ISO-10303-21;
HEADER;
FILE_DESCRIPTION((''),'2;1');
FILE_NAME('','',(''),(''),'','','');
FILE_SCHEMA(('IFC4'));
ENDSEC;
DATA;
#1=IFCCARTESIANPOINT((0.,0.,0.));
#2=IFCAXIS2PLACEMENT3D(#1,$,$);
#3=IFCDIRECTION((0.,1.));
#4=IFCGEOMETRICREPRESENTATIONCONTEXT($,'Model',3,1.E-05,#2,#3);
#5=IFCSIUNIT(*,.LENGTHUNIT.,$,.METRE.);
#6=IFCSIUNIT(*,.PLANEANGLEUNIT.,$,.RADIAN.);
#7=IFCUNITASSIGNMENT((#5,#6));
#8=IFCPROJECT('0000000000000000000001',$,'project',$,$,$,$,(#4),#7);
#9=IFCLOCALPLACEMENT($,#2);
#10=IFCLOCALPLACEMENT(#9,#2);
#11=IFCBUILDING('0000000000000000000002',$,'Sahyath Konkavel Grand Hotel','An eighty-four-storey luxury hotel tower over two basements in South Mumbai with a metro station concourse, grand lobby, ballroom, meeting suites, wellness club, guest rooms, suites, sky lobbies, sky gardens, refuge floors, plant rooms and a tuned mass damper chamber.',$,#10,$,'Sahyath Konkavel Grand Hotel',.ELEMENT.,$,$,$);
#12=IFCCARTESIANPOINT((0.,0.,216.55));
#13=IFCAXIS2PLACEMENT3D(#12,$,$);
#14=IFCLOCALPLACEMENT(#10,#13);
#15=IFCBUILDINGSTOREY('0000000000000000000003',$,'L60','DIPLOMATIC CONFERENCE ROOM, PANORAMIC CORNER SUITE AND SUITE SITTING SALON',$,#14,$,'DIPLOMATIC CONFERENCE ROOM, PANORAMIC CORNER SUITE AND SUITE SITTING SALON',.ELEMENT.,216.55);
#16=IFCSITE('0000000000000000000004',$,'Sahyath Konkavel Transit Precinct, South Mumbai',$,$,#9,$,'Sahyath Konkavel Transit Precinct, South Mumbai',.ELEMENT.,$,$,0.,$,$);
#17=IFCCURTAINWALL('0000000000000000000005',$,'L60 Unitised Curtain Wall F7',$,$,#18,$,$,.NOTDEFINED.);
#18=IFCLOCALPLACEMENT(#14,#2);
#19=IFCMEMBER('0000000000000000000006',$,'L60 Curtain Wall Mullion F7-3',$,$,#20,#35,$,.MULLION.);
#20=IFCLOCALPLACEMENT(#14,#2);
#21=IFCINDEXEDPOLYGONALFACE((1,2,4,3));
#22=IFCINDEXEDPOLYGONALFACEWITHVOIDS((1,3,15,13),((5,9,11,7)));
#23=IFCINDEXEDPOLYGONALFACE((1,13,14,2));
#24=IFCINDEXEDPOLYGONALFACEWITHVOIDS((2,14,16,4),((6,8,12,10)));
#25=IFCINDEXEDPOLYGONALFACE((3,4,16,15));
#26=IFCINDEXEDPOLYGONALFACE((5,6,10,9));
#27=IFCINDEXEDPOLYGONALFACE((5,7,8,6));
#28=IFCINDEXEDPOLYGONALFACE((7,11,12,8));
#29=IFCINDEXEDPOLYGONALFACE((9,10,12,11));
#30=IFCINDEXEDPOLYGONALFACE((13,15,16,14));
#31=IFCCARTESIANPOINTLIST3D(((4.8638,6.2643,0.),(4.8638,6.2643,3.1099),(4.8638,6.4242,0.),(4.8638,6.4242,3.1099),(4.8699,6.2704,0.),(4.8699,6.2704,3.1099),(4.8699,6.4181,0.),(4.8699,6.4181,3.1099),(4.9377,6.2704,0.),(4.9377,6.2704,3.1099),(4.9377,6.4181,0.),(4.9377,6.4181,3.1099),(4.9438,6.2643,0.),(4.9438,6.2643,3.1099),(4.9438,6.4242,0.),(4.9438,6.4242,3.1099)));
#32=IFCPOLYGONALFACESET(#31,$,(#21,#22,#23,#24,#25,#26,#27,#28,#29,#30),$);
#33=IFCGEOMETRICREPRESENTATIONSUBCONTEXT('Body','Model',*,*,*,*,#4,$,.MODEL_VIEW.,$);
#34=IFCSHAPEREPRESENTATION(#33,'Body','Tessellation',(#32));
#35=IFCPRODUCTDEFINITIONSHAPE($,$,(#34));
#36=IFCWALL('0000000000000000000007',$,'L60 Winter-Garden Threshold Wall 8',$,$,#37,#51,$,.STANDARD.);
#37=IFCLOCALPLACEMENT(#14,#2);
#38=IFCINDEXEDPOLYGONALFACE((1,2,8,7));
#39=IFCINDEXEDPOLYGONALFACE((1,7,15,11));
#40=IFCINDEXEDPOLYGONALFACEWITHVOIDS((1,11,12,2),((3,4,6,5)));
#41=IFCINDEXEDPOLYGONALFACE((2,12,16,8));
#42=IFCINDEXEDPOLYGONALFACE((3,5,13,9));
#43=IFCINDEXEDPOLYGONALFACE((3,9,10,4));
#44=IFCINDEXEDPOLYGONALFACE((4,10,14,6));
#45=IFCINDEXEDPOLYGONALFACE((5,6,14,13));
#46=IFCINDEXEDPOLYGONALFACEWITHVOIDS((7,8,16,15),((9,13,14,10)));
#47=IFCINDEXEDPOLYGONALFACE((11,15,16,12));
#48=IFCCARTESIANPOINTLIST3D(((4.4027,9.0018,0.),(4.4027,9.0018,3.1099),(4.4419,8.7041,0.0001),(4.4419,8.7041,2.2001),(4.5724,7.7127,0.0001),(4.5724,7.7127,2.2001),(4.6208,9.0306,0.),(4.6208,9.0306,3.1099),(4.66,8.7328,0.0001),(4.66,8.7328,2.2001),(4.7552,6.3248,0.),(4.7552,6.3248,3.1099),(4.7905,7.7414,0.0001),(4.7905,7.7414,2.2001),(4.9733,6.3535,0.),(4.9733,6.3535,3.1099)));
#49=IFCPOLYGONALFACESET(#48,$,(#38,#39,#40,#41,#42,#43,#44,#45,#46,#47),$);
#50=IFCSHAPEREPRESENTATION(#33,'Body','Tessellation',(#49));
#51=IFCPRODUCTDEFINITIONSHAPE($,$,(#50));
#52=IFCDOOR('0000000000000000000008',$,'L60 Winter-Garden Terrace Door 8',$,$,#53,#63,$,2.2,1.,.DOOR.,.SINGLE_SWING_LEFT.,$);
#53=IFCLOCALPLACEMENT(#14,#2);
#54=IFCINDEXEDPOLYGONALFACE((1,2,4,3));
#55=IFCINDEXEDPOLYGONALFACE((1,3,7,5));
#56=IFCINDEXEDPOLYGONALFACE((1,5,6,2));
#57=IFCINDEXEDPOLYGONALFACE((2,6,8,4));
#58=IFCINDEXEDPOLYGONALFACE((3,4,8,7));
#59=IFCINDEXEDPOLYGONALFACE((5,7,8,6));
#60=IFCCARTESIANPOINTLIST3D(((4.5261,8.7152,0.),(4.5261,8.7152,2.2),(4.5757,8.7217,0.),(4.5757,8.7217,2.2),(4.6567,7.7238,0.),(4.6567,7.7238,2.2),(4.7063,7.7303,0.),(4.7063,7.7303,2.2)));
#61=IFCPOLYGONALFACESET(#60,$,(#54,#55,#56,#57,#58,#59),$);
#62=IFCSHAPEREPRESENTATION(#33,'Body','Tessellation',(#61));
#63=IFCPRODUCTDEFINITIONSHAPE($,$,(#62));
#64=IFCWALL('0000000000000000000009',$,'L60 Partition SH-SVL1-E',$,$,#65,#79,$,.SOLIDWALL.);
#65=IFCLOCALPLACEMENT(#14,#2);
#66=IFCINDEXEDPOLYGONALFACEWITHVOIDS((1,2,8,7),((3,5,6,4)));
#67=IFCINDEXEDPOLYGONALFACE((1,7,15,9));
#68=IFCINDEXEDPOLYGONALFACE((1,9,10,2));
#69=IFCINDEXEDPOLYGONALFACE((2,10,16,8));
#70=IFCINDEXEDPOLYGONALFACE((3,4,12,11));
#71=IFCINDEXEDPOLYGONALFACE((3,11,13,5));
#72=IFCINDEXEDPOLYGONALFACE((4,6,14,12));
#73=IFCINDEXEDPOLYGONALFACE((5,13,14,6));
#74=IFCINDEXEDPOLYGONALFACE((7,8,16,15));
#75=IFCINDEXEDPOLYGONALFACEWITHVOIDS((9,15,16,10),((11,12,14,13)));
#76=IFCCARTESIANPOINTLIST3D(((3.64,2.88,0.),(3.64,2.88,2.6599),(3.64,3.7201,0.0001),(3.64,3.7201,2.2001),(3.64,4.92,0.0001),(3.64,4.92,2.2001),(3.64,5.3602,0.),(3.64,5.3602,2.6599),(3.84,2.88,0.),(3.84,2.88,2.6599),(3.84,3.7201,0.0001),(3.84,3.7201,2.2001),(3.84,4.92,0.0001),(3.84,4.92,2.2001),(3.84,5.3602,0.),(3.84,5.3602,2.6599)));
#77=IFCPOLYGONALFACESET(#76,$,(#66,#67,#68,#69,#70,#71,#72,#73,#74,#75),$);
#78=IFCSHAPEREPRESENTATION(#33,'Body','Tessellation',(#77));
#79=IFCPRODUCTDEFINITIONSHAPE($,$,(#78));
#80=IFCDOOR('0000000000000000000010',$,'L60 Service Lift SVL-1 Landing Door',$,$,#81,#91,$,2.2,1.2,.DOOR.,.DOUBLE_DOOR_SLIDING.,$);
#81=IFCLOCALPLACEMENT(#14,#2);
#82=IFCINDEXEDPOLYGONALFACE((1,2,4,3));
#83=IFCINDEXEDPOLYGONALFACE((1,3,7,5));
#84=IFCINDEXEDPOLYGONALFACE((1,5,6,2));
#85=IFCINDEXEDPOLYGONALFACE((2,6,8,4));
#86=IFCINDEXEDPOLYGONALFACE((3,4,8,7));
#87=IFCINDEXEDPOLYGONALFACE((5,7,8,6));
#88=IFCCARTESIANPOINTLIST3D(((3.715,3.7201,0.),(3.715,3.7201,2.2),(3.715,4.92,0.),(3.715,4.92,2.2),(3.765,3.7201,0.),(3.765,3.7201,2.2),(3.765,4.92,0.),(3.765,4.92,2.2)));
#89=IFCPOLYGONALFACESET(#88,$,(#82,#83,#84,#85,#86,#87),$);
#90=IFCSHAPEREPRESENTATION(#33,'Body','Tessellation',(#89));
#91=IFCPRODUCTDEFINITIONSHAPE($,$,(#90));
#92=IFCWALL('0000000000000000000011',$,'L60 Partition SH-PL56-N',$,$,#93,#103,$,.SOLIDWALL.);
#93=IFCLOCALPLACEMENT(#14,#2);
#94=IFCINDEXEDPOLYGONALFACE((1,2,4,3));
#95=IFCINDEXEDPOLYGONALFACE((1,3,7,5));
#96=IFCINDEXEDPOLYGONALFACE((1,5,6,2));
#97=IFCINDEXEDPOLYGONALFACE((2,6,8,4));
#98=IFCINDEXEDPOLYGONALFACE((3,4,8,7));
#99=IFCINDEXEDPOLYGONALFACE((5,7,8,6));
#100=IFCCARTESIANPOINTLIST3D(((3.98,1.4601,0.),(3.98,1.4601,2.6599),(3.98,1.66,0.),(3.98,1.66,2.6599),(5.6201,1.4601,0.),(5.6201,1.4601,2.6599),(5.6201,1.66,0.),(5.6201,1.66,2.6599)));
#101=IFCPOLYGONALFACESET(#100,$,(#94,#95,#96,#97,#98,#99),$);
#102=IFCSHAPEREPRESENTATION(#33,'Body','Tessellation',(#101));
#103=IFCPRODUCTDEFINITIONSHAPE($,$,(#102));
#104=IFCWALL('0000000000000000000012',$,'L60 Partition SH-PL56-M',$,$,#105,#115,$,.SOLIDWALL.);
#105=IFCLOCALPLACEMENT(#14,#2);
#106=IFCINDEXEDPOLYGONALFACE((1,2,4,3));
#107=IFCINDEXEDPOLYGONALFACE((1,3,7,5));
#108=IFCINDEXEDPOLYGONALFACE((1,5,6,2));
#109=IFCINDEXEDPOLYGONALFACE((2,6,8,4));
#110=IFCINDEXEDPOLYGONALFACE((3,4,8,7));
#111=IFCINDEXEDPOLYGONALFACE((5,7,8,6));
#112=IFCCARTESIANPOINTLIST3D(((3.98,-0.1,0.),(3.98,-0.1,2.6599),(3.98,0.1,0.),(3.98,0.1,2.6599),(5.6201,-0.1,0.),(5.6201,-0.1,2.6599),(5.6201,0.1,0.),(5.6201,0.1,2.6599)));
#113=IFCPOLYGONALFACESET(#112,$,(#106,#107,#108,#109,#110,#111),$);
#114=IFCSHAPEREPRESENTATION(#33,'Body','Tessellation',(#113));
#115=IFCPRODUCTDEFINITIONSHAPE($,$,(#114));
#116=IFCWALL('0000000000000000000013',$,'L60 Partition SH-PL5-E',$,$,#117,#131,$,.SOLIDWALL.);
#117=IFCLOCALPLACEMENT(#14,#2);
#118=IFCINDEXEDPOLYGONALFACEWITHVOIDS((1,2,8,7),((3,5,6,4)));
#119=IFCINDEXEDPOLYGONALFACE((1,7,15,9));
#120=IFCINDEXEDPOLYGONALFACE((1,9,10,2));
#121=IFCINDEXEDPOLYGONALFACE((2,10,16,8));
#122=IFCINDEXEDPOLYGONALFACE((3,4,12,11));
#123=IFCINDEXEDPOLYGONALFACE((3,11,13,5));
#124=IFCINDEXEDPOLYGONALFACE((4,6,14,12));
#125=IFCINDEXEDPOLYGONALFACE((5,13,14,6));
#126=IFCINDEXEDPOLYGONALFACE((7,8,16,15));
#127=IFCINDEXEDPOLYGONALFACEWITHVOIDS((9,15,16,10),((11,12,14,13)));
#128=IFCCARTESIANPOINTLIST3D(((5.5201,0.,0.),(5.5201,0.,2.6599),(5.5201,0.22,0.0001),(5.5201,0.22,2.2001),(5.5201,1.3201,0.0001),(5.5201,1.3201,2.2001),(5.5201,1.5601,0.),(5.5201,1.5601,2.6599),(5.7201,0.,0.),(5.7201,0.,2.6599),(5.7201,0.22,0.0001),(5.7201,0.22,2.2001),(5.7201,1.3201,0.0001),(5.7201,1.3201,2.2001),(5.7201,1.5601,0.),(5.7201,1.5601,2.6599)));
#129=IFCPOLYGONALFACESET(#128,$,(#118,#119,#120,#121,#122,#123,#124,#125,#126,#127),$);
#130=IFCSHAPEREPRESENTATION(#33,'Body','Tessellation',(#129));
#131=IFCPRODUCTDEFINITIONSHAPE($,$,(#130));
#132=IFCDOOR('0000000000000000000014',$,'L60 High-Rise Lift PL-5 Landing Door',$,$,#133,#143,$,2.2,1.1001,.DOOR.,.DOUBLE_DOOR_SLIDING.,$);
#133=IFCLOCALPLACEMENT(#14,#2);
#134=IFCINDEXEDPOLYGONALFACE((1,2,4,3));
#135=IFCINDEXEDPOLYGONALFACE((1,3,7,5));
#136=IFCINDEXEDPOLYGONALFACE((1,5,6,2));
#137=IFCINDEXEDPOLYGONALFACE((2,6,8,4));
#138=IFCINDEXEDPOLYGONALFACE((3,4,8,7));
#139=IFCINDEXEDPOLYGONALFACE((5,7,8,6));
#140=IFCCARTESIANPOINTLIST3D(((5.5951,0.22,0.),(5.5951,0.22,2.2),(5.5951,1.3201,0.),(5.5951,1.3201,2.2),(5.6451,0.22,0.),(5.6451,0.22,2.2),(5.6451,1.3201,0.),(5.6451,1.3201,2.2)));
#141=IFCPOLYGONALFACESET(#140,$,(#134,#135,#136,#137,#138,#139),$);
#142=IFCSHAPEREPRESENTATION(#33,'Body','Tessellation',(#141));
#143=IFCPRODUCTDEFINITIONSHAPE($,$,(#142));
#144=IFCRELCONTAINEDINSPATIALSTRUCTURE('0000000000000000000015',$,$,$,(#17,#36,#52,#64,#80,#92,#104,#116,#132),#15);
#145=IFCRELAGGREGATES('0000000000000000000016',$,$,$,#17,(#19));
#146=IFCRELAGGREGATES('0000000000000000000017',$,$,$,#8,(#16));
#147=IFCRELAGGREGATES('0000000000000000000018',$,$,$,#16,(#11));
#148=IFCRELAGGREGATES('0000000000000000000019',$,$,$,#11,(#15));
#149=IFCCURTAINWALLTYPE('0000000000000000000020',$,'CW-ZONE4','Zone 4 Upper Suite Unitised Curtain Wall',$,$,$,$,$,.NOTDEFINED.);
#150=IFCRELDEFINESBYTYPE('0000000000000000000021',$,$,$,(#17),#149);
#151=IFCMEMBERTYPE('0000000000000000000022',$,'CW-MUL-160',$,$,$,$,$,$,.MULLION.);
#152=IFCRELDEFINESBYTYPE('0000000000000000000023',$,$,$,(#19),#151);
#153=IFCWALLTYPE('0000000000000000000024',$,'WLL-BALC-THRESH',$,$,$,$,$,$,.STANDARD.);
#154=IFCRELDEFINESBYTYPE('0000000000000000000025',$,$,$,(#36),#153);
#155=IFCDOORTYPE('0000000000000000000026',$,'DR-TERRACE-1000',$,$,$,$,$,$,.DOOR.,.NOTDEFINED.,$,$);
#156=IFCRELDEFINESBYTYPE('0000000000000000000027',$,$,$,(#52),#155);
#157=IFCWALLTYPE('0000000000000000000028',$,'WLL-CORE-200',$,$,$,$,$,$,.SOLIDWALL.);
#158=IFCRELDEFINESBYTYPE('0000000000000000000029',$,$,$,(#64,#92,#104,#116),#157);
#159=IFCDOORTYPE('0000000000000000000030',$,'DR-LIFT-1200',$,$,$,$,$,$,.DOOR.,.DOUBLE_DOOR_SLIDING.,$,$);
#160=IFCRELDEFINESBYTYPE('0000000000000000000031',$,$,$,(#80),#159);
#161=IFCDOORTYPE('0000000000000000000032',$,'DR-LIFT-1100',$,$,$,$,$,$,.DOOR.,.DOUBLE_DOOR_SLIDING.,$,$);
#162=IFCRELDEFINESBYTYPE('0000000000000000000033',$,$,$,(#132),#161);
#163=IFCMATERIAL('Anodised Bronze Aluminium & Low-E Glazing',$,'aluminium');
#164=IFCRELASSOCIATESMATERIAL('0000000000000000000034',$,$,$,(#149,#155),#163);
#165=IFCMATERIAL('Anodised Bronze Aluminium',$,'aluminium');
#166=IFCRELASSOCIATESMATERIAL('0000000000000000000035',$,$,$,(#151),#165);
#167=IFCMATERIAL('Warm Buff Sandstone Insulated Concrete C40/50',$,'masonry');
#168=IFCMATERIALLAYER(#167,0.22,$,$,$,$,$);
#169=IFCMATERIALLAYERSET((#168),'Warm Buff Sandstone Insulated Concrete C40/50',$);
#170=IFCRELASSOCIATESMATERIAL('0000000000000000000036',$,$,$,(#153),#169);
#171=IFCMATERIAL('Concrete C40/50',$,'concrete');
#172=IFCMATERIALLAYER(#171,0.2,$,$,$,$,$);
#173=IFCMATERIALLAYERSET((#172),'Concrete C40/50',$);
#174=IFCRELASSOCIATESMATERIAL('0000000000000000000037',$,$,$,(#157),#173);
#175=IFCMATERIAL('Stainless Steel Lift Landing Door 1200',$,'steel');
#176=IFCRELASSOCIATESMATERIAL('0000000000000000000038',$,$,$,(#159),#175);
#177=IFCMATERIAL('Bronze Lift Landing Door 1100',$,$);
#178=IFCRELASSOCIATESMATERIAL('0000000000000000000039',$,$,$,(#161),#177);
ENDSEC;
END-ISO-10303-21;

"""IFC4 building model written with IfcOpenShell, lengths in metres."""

from ifc_helpers import new_model, si_unit, direction, frame, frame_2d, origin, origin_2d, place, context, subcontext, project, spatial, rectangle, hollow_rectangle, extrude, source, transform, mapped, material, layer, layer_set, material_profile, profile_set, type_object, element, fill, aggregate, save


model = new_model("IFC4")

# Units and contexts
model_context = context("Model", 3, precision=1e-05, world=origin(), true_north=direction((0.0, 1.0)))
body_context = subcontext(model_context, "Body", "Model", "MODEL_VIEW")
ifc_project = project(units=[si_unit("LENGTHUNIT", "METRE"), si_unit("PLANEANGLEUNIT", "RADIAN")], contexts=[model_context])

# Site, building, storey
site_placement = place(None, origin())
site = spatial("IfcSite", under=ifc_project, at=site_placement, Name="Sahyath Konkavel Transit Precinct, South Mumbai", LongName="Sahyath Konkavel Transit Precinct, South Mumbai", CompositionType="ELEMENT", RefElevation=0.0)
building_placement = place(site_placement, origin())
building = spatial("IfcBuilding", under=site, at=building_placement, Name="Sahyath Konkavel Grand Hotel", Description="An eighty-four-storey luxury hotel tower over two basements in South Mumbai with a metro station concourse, grand lobby, ballroom, meeting suites, wellness club, guest rooms, suites, sky lobbies, sky gardens, refuge floors, plant rooms and a tuned mass damper chamber.", LongName="Sahyath Konkavel Grand Hotel", CompositionType="ELEMENT")
storey_placement = place(building_placement, frame((0.0, 0.0, 216.55)))
storey = spatial("IfcBuildingStorey", under=building, at=storey_placement, Name="L60", Description="DIPLOMATIC CONFERENCE ROOM, PANORAMIC CORNER SUITE AND SUITE SITTING SALON", LongName="DIPLOMATIC CONFERENCE ROOM, PANORAMIC CORNER SUITE AND SUITE SITTING SALON", CompositionType="ELEMENT", Elevation=216.55)

# Shared definitions
ifc_material_1 = material(Name="Concrete C40/50", Category="concrete")

# Curtain wall, member
ifc_material_2 = material(Name="Anodised Bronze Aluminium & Low-E Glazing", Category="aluminium")
curtain_wall_type = type_object("IfcCurtainWallType", Name="CW-ZONE4", Description="Zone 4 Upper Suite Unitised Curtain Wall", PredefinedType="NOTDEFINED", material=ifc_material_2)
curtain_wall_placement = place(storey_placement, origin())
curtain_wall = element("IfcCurtainWall", 1, at=curtain_wall_placement, inside=storey, type_object=curtain_wall_type, Name="L60 Unitised Curtain Wall F7", PredefinedType="NOTDEFINED")
ifc_material_3 = material(Name="Anodised Bronze Aluminium", Category="aluminium")
ifc_material_profile_1 = material_profile(ifc_material_3, hollow_rectangle(XDim=0.0801, YDim=0.1599, WallThickness=0.0061, at=origin_2d()), Name="RHS 160x80x6")
ifc_profile_set_1 = profile_set([ifc_material_profile_1], Name="Anodised Bronze Aluminium")
member_type = type_object("IfcMemberType", Name="CW-MUL-160", PredefinedType="MULLION", material=ifc_profile_set_1)
shared_shape_1 = source(origin(), body_context, "Body", "SweptSolid", [
    extrude(hollow_rectangle(XDim=0.0801, YDim=0.1599, WallThickness=0.0061, at=origin_2d()), origin(), (0.0, 0.0, 1.0), 3.1099),
])
member_placement = place(storey_placement, frame((4.9038, 6.3442, 0.0), z_axis=(0.0, 0.0, 1.0), x_axis=(1.0, 0.0, 0.0)))
member = element("IfcMember", 2, at=member_placement, type_object=member_type, Name="L60 Curtain Wall Mullion F7-3", PredefinedType="MULLION", context=body_context, shape_type="MappedRepresentation", body=[
    mapped(shared_shape_1, transform((0.0, 0.0, 0.0), scale=1.0)),
])
aggregate(curtain_wall, [member])

# Walls, openings, doors
ifc_material_4 = material(Name="Warm Buff Sandstone Insulated Concrete C40/50", Category="masonry")
ifc_layer_1 = layer(ifc_material_4, 0.22)
ifc_layer_set_1 = layer_set([ifc_layer_1], Name="Warm Buff Sandstone Insulated Concrete C40/50")
wall_type_1 = type_object("IfcWallType", Name="WLL-BALC-THRESH", PredefinedType="STANDARD", material=ifc_layer_set_1)
wall_1_placement = place(storey_placement, frame((4.8643, 6.3391, 0.0), z_axis=(0.0, 0.0, 1.0), x_axis=(-0.130564, 0.99144, 0.0)))
wall_1 = element("IfcWall", 3, at=wall_1_placement, inside=storey, type_object=wall_type_1, Name="L60 Winter-Garden Threshold Wall 8", PredefinedType="STANDARD", context=body_context, shape_type="SweptSolid", body=[
    extrude(rectangle(XDim=2.7002, YDim=0.22, at=frame_2d((1.3501, 0.0))), origin(), (0.0, 0.0, 1.0), 3.1099),
])
opening_1_placement = place(wall_1_placement, frame((1.3999, 0.0, 0.0)))
opening_1 = element("IfcOpeningElement", 4, at=opening_1_placement, cuts=wall_1, PredefinedType="OPENING", context=body_context, shape_type="SweptSolid", body=[
    extrude(rectangle(XDim=1.0, YDim=2.2, at=frame_2d((0.5, 1.1001))), frame((0.0, 0.1201, 0.0), z_axis=(0.0, -1.0, 0.0), x_axis=(1.0, 0.0, 0.0)), (0.0, 0.0, 1.0), 0.24),
])
door_type_1 = type_object("IfcDoorType", Name="DR-TERRACE-1000", OperationType="NOTDEFINED", PredefinedType="DOOR", material=ifc_material_2)
shared_shape_2 = source(origin(), body_context, "Body", "SweptSolid", [
    extrude(rectangle(XDim=1.0, YDim=0.05, at=origin_2d()), origin(), (0.0, 0.0, 1.0), 2.2),
])
door_1_placement = place(opening_1_placement, frame((0.5, 0.0, 0.0)))
door_1 = element("IfcDoor", 5, at=door_1_placement, inside=storey, type_object=door_type_1, Name="L60 Winter-Garden Terrace Door 8", OperationType="SINGLE_SWING_LEFT", OverallHeight=2.2, OverallWidth=1.0, PredefinedType="DOOR", context=body_context, shape_type="MappedRepresentation", body=[
    mapped(shared_shape_2, transform((0.0, 0.0, 0.0), scale=1.0)),
])
fill(opening_1, door_1)
ifc_layer_2 = layer(ifc_material_1, 0.2)
ifc_layer_set_2 = layer_set([ifc_layer_2], Name="Concrete C40/50")
wall_type_2 = type_object("IfcWallType", Name="WLL-CORE-200", PredefinedType="SOLIDWALL", material=ifc_layer_set_2)
wall_2_placement = place(storey_placement, frame((3.74, 2.8799, 0.0), z_axis=(0.0, 0.0, 1.0), x_axis=(0.0, 1.0, 0.0)))
wall_2 = element("IfcWall", 6, at=wall_2_placement, inside=storey, type_object=wall_type_2, Name="L60 Partition SH-SVL1-E", PredefinedType="SOLIDWALL", context=body_context, shape_type="SweptSolid", body=[
    extrude(rectangle(XDim=2.4802, YDim=0.2, at=frame_2d((1.2402, 0.0))), origin(), (0.0, 0.0, 1.0), 2.6599),
])
opening_2_placement = place(wall_2_placement, frame((0.8401, 0.0, 0.0)))
opening_2 = element("IfcOpeningElement", 7, at=opening_2_placement, cuts=wall_2, PredefinedType="OPENING", context=body_context, shape_type="SweptSolid", body=[
    extrude(rectangle(XDim=1.2, YDim=2.2, at=frame_2d((0.6001, 1.1001))), frame((0.0, 0.1099, 0.0), z_axis=(0.0, -1.0, 0.0), x_axis=(1.0, 0.0, 0.0)), (0.0, 0.0, 1.0), 0.22),
])
ifc_material_5 = material(Name="Stainless Steel Lift Landing Door 1200", Category="steel")
door_type_2 = type_object("IfcDoorType", Name="DR-LIFT-1200", OperationType="DOUBLE_DOOR_SLIDING", PredefinedType="DOOR", material=ifc_material_5)
shared_shape_3 = source(origin(), body_context, "Body", "SweptSolid", [
    extrude(rectangle(XDim=1.2, YDim=0.05, at=origin_2d()), origin(), (0.0, 0.0, 1.0), 2.2),
])
door_2_placement = place(opening_2_placement, frame((0.6001, 0.0, 0.0)))
door_2 = element("IfcDoor", 8, at=door_2_placement, inside=storey, type_object=door_type_2, Name="L60 Service Lift SVL-1 Landing Door", OperationType="DOUBLE_DOOR_SLIDING", OverallHeight=2.2, OverallWidth=1.2, PredefinedType="DOOR", context=body_context, shape_type="MappedRepresentation", body=[
    mapped(shared_shape_3, transform((0.0, 0.0, 0.0), scale=1.0)),
])
fill(opening_2, door_2)

# Walls
for number, where, z_axis, x_axis, name in (
    (9, (3.98, 1.5601, 0.0), (0.0, 0.0, 1.0), (1.0, 0.0, 0.0), "L60 Partition SH-PL56-N"),
    (10, (3.98, 0.0, 0.0), (0.0, 0.0, 1.0), (1.0, 0.0, 0.0), "L60 Partition SH-PL56-M"),
):
    element("IfcWall", number, at=place(storey_placement, frame(where, z_axis=z_axis, x_axis=x_axis)), inside=storey, type_object=wall_type_2, Name=name, PredefinedType="SOLIDWALL", context=body_context, shape_type="SweptSolid", body=[
        extrude(rectangle(XDim=1.6401, YDim=0.2, at=frame_2d((0.8201, 0.0))), origin(), (0.0, 0.0, 1.0), 2.6599),
    ])

# Wall, opening, door
wall_3_placement = place(storey_placement, frame((5.6201, 0.0, 0.0), z_axis=(0.0, 0.0, 1.0), x_axis=(0.0, 1.0, 0.0)))
wall_3 = element("IfcWall", 11, at=wall_3_placement, inside=storey, type_object=wall_type_2, Name="L60 Partition SH-PL5-E", PredefinedType="SOLIDWALL", context=body_context, shape_type="SweptSolid", body=[
    extrude(rectangle(XDim=1.5601, YDim=0.2, at=frame_2d((0.78, 0.0))), origin(), (0.0, 0.0, 1.0), 2.6599),
])
opening_3_placement = place(wall_3_placement, frame((0.22, 0.0, 0.0)))
opening_3 = element("IfcOpeningElement", 12, at=opening_3_placement, cuts=wall_3, PredefinedType="OPENING", context=body_context, shape_type="SweptSolid", body=[
    extrude(rectangle(XDim=1.1001, YDim=2.2, at=frame_2d((0.55, 1.1001))), frame((0.0, 0.1099, 0.0), z_axis=(0.0, -1.0, 0.0), x_axis=(1.0, 0.0, 0.0)), (0.0, 0.0, 1.0), 0.22),
])
ifc_material_6 = material(Name="Bronze Lift Landing Door 1100")
door_type_3 = type_object("IfcDoorType", Name="DR-LIFT-1100", OperationType="DOUBLE_DOOR_SLIDING", PredefinedType="DOOR", material=ifc_material_6)
shared_shape_4 = source(origin(), body_context, "Body", "SweptSolid", [
    extrude(rectangle(XDim=1.1001, YDim=0.05, at=origin_2d()), origin(), (0.0, 0.0, 1.0), 2.2),
])
door_3_placement = place(opening_3_placement, frame((0.55, 0.0, 0.0)))
door_3 = element("IfcDoor", 13, at=door_3_placement, inside=storey, type_object=door_type_3, Name="L60 High-Rise Lift PL-5 Landing Door", OperationType="DOUBLE_DOOR_SLIDING", OverallHeight=2.2, OverallWidth=1.1001, PredefinedType="DOOR", context=body_context, shape_type="MappedRepresentation", body=[
    mapped(shared_shape_4, transform((0.0, 0.0, 0.0), scale=1.0)),
])
fill(opening_3, door_3)

save(model, "model.ifc")
